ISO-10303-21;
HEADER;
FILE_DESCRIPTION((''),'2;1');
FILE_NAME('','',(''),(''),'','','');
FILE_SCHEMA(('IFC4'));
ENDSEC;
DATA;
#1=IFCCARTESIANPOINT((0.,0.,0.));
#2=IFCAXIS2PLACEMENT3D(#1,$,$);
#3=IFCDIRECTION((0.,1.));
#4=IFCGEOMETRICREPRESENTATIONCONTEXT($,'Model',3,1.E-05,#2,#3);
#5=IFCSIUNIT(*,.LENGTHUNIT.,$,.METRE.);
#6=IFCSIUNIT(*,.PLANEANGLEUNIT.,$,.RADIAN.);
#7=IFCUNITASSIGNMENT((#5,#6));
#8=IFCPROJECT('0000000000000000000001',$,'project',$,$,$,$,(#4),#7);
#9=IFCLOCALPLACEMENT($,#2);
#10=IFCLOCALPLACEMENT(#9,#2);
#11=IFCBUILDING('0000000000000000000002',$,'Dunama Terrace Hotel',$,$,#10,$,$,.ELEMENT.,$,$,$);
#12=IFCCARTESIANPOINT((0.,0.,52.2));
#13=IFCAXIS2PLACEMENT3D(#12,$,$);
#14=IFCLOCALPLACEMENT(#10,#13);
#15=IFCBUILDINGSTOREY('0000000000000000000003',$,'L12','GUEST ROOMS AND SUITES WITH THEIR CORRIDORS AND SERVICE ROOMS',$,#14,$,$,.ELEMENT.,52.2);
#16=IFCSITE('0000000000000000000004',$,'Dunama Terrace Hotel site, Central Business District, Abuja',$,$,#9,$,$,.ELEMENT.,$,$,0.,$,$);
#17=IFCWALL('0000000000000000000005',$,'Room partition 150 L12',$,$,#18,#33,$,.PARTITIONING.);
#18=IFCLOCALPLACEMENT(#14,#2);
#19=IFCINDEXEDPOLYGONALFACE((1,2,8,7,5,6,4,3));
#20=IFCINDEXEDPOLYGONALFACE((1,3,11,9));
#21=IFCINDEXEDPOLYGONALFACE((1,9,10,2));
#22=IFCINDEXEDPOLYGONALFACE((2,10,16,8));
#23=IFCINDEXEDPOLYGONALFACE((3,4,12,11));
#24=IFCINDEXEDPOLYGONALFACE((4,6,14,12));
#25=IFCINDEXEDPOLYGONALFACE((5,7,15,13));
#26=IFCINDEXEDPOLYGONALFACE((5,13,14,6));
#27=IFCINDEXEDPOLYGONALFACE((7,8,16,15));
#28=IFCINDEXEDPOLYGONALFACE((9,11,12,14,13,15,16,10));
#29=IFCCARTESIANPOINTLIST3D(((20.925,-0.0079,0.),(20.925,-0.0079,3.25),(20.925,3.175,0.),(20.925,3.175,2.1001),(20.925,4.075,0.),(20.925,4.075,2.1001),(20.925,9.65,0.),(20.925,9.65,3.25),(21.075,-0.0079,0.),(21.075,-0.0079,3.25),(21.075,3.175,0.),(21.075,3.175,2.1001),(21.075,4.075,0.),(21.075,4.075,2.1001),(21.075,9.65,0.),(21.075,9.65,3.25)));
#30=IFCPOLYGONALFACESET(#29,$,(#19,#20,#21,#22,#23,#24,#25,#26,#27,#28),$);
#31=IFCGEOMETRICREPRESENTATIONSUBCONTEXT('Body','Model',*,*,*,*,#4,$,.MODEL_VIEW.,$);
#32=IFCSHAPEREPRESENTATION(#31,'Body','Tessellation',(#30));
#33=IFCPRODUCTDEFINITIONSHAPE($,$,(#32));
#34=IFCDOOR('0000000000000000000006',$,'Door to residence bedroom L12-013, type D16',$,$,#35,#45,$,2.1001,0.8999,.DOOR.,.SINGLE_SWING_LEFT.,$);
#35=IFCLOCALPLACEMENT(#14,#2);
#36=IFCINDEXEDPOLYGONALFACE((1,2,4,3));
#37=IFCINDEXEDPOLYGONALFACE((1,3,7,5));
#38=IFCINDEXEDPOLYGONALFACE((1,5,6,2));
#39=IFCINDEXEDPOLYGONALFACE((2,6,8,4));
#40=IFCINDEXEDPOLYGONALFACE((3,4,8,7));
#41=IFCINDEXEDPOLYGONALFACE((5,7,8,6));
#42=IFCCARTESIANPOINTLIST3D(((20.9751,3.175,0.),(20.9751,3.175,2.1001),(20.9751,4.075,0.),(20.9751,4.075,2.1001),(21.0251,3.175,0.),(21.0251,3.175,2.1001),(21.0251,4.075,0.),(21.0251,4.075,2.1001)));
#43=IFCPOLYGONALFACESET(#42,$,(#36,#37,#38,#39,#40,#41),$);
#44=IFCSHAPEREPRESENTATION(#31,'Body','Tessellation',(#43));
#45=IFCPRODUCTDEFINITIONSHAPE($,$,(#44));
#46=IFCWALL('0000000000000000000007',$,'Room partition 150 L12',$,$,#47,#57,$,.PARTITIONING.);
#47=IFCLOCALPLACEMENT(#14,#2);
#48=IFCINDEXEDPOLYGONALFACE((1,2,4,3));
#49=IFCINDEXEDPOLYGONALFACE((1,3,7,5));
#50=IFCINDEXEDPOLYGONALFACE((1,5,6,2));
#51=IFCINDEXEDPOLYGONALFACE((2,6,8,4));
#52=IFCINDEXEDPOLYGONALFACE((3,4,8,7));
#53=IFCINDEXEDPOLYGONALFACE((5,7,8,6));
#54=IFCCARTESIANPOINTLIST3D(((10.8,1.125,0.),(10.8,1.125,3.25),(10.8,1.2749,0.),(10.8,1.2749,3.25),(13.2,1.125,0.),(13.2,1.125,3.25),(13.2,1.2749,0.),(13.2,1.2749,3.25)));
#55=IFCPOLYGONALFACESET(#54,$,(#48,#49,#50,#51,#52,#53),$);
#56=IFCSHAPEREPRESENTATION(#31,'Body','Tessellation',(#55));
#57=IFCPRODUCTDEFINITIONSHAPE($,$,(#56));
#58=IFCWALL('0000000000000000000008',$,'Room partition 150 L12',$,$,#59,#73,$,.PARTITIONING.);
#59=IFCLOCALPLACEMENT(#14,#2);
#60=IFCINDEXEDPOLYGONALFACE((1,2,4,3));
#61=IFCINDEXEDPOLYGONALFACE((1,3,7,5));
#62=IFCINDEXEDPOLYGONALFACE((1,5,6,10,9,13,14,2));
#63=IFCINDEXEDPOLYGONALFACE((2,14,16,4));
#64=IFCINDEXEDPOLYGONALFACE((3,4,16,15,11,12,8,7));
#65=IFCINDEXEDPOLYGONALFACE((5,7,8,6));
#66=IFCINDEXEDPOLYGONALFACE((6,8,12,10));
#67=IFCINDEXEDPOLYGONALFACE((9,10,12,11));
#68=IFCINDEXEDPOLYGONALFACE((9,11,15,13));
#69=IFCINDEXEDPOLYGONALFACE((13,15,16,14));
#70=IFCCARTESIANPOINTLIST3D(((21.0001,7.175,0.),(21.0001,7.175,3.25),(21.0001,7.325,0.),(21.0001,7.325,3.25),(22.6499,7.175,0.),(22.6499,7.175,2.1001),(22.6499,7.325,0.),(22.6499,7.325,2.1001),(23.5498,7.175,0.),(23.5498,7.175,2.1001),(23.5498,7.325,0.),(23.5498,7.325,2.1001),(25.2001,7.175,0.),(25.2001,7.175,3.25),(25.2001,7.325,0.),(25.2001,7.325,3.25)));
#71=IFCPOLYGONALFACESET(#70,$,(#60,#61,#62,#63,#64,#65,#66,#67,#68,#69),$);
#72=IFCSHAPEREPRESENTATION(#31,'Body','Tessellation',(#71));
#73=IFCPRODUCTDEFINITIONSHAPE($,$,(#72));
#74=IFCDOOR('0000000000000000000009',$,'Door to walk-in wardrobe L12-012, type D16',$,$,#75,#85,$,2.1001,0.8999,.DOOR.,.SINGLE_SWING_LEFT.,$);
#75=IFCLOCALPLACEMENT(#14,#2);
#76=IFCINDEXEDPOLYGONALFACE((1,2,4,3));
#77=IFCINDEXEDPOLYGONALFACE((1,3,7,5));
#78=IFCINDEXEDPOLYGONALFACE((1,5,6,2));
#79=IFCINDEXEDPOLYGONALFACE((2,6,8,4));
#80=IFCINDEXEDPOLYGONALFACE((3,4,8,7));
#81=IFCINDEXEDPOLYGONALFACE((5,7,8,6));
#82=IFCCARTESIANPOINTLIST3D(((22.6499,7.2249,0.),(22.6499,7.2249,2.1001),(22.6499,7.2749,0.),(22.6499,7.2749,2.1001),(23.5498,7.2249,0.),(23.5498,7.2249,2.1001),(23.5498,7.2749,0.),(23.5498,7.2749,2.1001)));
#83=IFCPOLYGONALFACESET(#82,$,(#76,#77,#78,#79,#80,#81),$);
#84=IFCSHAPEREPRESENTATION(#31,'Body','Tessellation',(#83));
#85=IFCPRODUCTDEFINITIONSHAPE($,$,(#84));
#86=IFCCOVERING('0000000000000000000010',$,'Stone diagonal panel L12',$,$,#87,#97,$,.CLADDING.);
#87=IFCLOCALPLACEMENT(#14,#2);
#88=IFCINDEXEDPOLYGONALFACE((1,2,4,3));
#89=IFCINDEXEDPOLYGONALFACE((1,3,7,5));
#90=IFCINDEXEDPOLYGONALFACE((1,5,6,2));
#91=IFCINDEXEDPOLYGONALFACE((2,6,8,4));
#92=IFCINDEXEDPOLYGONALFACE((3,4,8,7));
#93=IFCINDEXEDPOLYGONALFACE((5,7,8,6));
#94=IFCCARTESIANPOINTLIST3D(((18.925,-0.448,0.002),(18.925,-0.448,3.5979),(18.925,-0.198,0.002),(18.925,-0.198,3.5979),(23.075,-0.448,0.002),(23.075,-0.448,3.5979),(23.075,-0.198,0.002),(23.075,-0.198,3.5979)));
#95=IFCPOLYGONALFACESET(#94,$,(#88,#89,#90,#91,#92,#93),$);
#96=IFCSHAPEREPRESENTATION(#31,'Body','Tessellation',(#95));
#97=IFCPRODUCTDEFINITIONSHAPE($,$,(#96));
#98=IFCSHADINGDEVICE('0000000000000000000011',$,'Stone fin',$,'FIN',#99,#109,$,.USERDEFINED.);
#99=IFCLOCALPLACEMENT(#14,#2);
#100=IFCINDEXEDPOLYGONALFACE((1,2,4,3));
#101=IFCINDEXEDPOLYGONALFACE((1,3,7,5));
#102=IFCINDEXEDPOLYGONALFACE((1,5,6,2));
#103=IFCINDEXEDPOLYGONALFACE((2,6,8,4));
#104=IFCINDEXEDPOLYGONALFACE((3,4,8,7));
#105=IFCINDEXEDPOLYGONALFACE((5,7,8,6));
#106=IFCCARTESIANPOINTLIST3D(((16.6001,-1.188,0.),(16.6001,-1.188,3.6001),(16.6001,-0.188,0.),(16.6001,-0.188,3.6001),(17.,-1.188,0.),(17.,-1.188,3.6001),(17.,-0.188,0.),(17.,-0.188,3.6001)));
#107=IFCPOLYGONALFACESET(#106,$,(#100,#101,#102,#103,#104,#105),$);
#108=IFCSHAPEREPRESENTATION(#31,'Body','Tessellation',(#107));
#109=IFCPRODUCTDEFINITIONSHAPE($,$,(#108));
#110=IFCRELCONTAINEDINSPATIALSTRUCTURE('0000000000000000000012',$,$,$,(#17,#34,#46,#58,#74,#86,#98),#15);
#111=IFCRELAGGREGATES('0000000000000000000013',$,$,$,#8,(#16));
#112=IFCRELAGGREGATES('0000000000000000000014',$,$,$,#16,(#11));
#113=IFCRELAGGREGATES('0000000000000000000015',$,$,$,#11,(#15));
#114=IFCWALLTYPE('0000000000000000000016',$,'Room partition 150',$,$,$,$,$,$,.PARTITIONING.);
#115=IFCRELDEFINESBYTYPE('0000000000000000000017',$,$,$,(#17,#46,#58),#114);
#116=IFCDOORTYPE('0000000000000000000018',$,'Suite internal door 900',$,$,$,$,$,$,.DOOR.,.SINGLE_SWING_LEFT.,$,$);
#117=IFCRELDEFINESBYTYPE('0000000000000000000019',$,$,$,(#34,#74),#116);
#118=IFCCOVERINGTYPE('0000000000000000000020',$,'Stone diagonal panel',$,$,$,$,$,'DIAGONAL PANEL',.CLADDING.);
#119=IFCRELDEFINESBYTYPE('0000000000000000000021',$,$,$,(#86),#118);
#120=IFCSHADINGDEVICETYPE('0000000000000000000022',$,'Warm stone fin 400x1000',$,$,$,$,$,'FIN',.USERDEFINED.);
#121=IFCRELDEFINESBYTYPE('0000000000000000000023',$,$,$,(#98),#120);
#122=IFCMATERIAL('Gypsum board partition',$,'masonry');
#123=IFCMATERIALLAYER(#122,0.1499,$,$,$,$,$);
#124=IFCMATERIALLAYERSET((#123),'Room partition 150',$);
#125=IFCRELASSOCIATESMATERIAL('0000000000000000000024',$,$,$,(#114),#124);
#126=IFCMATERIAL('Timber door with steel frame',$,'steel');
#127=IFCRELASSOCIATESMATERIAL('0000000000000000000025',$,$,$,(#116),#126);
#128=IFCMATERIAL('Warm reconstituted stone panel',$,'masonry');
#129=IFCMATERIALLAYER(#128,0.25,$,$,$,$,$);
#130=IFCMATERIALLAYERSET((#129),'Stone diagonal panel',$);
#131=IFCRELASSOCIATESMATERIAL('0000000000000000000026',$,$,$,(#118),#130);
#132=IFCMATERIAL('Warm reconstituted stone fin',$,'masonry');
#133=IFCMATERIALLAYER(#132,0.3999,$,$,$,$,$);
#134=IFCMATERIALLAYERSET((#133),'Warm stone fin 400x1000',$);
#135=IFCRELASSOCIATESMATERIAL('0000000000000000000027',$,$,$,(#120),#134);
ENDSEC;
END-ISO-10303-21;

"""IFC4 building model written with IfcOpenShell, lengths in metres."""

from ifc_helpers import new_model, si_unit, direction, frame, frame_2d, origin, origin_2d, place, context, subcontext, project, spatial, rectangle, extrude, material, layer, layer_set, type_object, element, fill, save


model = new_model("IFC4")

# Units and contexts
model_context = context("Model", 3, precision=1e-05, world=origin(), true_north=direction((0.0, 1.0)))
body_context = subcontext(model_context, "Body", "Model", "MODEL_VIEW")
ifc_project = project(units=[si_unit("LENGTHUNIT", "METRE"), si_unit("PLANEANGLEUNIT", "RADIAN")], contexts=[model_context])

# Site, building, storey
site_placement = place(None, origin())
site = spatial("IfcSite", under=ifc_project, at=site_placement, Name="Dunama Terrace Hotel site, Central Business District, Abuja", CompositionType="ELEMENT", RefElevation=0.0)
building_placement = place(site_placement, origin())
building = spatial("IfcBuilding", under=site, at=building_placement, Name="Dunama Terrace Hotel", CompositionType="ELEMENT")
storey_placement = place(building_placement, frame((0.0, 0.0, 52.2)))
storey = spatial("IfcBuildingStorey", under=building, at=storey_placement, Name="L12", Description="GUEST ROOMS AND SUITES WITH THEIR CORRIDORS AND SERVICE ROOMS", CompositionType="ELEMENT", Elevation=52.2)

# Shared definitions
ifc_material_1 = material(Name="Gypsum board partition", Category="masonry")
ifc_layer_1 = layer(ifc_material_1, 0.1499)
ifc_layer_set_1 = layer_set([ifc_layer_1], Name="Room partition 150")
wall_type_1 = type_object("IfcWallType", Name="Room partition 150", PredefinedType="PARTITIONING", material=ifc_layer_set_1)
ifc_material_2 = material(Name="Timber door with steel frame", Category="steel")
door_type_1 = type_object("IfcDoorType", Name="Suite internal door 900", OperationType="SINGLE_SWING_LEFT", PredefinedType="DOOR", material=ifc_material_2)

# Wall, opening, door
wall_1_placement = place(storey_placement, frame((21.0, -0.0081, 0.0), z_axis=(0.0, 0.0, 1.0), x_axis=(0.0, 1.0, 0.0)))
wall_1 = element("IfcWall", 1, at=wall_1_placement, inside=storey, type_object=wall_type_1, Name="Room partition 150 L12", PredefinedType="PARTITIONING", context=body_context, shape_type="SweptSolid", body=[
    extrude(rectangle(XDim=9.658, YDim=0.1499, at=frame_2d((4.8291, 0.0))), origin(), (0.0, 0.0, 1.0), 3.25),
])
opening_1_placement = place(wall_1_placement, frame((3.1831, 0.0, 0.0)))
opening_1 = element("IfcOpeningElement", 2, at=opening_1_placement, cuts=wall_1, PredefinedType="OPENING", context=body_context, shape_type="SweptSolid", body=[
    extrude(rectangle(XDim=0.8999, YDim=2.1001, at=frame_2d((0.45, 1.05))), frame((0.0, 0.085, 0.0), z_axis=(0.0, -1.0, 0.0), x_axis=(1.0, 0.0, 0.0)), (0.0, 0.0, 1.0), 0.1699),
])
door_1_placement = place(opening_1_placement, frame((0.8999, 0.0, 0.0), z_axis=(0.0, 0.0, 1.0), x_axis=(-1.0, 0.0, 0.0)))
door_1 = element("IfcDoor", 3, at=door_1_placement, inside=storey, type_object=door_type_1, Name="Door to residence bedroom L12-013, type D16", OperationType="SINGLE_SWING_LEFT", OverallHeight=2.1001, OverallWidth=0.8999, PredefinedType="DOOR", context=body_context, shape_type="SweptSolid", body=[
    extrude(rectangle(XDim=0.8999, YDim=2.1001, at=frame_2d((0.45, 1.05))), frame((0.0, 0.0251, 0.0), z_axis=(0.0, -1.0, 0.0), x_axis=(1.0, 0.0, 0.0)), (0.0, 0.0, 1.0), 0.05),
])
fill(opening_1, door_1)

# Wall
wall_2_placement = place(storey_placement, frame((10.8, 1.2, 0.0), z_axis=(0.0, 0.0, 1.0), x_axis=(1.0, 0.0, 0.0)))
element("IfcWall", 4, at=wall_2_placement, inside=storey, type_object=wall_type_1, Name="Room partition 150 L12", PredefinedType="PARTITIONING", context=body_context, shape_type="SweptSolid", body=[
    extrude(rectangle(XDim=2.3999, YDim=0.1499, at=frame_2d((1.2, 0.0))), origin(), (0.0, 0.0, 1.0), 3.25),
])

# Wall, opening, door
wall_3_placement = place(storey_placement, frame((21.0, 7.25, 0.0), z_axis=(0.0, 0.0, 1.0), x_axis=(1.0, 0.0, 0.0)))
wall_3 = element("IfcWall", 5, at=wall_3_placement, inside=storey, type_object=wall_type_1, Name="Room partition 150 L12", PredefinedType="PARTITIONING", context=body_context, shape_type="SweptSolid", body=[
    extrude(rectangle(XDim=4.2, YDim=0.1499, at=frame_2d((2.1001, 0.0))), origin(), (0.0, 0.0, 1.0), 3.25),
])
opening_2_placement = place(wall_3_placement, frame((1.6499, 0.0, 0.0)))
opening_2 = element("IfcOpeningElement", 6, at=opening_2_placement, cuts=wall_3, PredefinedType="OPENING", context=body_context, shape_type="SweptSolid", body=[
    extrude(rectangle(XDim=0.8999, YDim=2.1001, at=frame_2d((0.45, 1.05))), frame((0.0, 0.085, 0.0), z_axis=(0.0, -1.0, 0.0), x_axis=(1.0, 0.0, 0.0)), (0.0, 0.0, 1.0), 0.1699),
])
door_2_placement = place(opening_2_placement, origin())
door_2 = element("IfcDoor", 7, at=door_2_placement, inside=storey, type_object=door_type_1, Name="Door to walk-in wardrobe L12-012, type D16", OperationType="SINGLE_SWING_LEFT", OverallHeight=2.1001, OverallWidth=0.8999, PredefinedType="DOOR", context=body_context, shape_type="SweptSolid", body=[
    extrude(rectangle(XDim=0.8999, YDim=2.1001, at=frame_2d((0.45, 1.05))), frame((0.0, 0.0249, 0.0), z_axis=(0.0, -1.0, 0.0), x_axis=(1.0, 0.0, 0.0)), (0.0, 0.0, 1.0), 0.05),
])
fill(opening_2, door_2)

# Covering
ifc_material_3 = material(Name="Warm reconstituted stone panel", Category="masonry")
ifc_layer_2 = layer(ifc_material_3, 0.25)
ifc_layer_set_2 = layer_set([ifc_layer_2], Name="Stone diagonal panel")
covering_type = type_object("IfcCoveringType", Name="Stone diagonal panel", ElementType="DIAGONAL PANEL", PredefinedType="CLADDING", material=ifc_layer_set_2)
covering_placement = place(storey_placement, frame((21.0, -0.323, 0.002), z_axis=(0.0, 0.0, 1.0), x_axis=(1.0, 0.0, 0.0)))
element("IfcCovering", 8, at=covering_placement, inside=storey, type_object=covering_type, Name="Stone diagonal panel L12", PredefinedType="CLADDING", context=body_context, shape_type="SweptSolid", body=[
    extrude(rectangle(XDim=4.1499, YDim=0.25, at=origin_2d()), origin(), (0.0, 0.0, 1.0), 3.5959),
])

# Shading device
ifc_material_4 = material(Name="Warm reconstituted stone fin", Category="masonry")
ifc_layer_3 = layer(ifc_material_4, 0.3999)
ifc_layer_set_3 = layer_set([ifc_layer_3], Name="Warm stone fin 400x1000")
shading_device_type = type_object("IfcShadingDeviceType", Name="Warm stone fin 400x1000", ElementType="FIN", PredefinedType="USERDEFINED", material=ifc_layer_set_3)
shading_device_placement = place(storey_placement, frame((16.8, -0.688, 0.0), z_axis=(0.0, 0.0, 1.0), x_axis=(1.0, 0.0, 0.0)))
element("IfcShadingDevice", 9, at=shading_device_placement, inside=storey, type_object=shading_device_type, Name="Stone fin", ObjectType="FIN", PredefinedType="USERDEFINED", context=body_context, shape_type="SweptSolid", body=[
    extrude(rectangle(XDim=0.3999, YDim=1.0, at=origin_2d()), origin(), (0.0, 0.0, 1.0), 3.6001),
])

save(model, "model.ifc")
